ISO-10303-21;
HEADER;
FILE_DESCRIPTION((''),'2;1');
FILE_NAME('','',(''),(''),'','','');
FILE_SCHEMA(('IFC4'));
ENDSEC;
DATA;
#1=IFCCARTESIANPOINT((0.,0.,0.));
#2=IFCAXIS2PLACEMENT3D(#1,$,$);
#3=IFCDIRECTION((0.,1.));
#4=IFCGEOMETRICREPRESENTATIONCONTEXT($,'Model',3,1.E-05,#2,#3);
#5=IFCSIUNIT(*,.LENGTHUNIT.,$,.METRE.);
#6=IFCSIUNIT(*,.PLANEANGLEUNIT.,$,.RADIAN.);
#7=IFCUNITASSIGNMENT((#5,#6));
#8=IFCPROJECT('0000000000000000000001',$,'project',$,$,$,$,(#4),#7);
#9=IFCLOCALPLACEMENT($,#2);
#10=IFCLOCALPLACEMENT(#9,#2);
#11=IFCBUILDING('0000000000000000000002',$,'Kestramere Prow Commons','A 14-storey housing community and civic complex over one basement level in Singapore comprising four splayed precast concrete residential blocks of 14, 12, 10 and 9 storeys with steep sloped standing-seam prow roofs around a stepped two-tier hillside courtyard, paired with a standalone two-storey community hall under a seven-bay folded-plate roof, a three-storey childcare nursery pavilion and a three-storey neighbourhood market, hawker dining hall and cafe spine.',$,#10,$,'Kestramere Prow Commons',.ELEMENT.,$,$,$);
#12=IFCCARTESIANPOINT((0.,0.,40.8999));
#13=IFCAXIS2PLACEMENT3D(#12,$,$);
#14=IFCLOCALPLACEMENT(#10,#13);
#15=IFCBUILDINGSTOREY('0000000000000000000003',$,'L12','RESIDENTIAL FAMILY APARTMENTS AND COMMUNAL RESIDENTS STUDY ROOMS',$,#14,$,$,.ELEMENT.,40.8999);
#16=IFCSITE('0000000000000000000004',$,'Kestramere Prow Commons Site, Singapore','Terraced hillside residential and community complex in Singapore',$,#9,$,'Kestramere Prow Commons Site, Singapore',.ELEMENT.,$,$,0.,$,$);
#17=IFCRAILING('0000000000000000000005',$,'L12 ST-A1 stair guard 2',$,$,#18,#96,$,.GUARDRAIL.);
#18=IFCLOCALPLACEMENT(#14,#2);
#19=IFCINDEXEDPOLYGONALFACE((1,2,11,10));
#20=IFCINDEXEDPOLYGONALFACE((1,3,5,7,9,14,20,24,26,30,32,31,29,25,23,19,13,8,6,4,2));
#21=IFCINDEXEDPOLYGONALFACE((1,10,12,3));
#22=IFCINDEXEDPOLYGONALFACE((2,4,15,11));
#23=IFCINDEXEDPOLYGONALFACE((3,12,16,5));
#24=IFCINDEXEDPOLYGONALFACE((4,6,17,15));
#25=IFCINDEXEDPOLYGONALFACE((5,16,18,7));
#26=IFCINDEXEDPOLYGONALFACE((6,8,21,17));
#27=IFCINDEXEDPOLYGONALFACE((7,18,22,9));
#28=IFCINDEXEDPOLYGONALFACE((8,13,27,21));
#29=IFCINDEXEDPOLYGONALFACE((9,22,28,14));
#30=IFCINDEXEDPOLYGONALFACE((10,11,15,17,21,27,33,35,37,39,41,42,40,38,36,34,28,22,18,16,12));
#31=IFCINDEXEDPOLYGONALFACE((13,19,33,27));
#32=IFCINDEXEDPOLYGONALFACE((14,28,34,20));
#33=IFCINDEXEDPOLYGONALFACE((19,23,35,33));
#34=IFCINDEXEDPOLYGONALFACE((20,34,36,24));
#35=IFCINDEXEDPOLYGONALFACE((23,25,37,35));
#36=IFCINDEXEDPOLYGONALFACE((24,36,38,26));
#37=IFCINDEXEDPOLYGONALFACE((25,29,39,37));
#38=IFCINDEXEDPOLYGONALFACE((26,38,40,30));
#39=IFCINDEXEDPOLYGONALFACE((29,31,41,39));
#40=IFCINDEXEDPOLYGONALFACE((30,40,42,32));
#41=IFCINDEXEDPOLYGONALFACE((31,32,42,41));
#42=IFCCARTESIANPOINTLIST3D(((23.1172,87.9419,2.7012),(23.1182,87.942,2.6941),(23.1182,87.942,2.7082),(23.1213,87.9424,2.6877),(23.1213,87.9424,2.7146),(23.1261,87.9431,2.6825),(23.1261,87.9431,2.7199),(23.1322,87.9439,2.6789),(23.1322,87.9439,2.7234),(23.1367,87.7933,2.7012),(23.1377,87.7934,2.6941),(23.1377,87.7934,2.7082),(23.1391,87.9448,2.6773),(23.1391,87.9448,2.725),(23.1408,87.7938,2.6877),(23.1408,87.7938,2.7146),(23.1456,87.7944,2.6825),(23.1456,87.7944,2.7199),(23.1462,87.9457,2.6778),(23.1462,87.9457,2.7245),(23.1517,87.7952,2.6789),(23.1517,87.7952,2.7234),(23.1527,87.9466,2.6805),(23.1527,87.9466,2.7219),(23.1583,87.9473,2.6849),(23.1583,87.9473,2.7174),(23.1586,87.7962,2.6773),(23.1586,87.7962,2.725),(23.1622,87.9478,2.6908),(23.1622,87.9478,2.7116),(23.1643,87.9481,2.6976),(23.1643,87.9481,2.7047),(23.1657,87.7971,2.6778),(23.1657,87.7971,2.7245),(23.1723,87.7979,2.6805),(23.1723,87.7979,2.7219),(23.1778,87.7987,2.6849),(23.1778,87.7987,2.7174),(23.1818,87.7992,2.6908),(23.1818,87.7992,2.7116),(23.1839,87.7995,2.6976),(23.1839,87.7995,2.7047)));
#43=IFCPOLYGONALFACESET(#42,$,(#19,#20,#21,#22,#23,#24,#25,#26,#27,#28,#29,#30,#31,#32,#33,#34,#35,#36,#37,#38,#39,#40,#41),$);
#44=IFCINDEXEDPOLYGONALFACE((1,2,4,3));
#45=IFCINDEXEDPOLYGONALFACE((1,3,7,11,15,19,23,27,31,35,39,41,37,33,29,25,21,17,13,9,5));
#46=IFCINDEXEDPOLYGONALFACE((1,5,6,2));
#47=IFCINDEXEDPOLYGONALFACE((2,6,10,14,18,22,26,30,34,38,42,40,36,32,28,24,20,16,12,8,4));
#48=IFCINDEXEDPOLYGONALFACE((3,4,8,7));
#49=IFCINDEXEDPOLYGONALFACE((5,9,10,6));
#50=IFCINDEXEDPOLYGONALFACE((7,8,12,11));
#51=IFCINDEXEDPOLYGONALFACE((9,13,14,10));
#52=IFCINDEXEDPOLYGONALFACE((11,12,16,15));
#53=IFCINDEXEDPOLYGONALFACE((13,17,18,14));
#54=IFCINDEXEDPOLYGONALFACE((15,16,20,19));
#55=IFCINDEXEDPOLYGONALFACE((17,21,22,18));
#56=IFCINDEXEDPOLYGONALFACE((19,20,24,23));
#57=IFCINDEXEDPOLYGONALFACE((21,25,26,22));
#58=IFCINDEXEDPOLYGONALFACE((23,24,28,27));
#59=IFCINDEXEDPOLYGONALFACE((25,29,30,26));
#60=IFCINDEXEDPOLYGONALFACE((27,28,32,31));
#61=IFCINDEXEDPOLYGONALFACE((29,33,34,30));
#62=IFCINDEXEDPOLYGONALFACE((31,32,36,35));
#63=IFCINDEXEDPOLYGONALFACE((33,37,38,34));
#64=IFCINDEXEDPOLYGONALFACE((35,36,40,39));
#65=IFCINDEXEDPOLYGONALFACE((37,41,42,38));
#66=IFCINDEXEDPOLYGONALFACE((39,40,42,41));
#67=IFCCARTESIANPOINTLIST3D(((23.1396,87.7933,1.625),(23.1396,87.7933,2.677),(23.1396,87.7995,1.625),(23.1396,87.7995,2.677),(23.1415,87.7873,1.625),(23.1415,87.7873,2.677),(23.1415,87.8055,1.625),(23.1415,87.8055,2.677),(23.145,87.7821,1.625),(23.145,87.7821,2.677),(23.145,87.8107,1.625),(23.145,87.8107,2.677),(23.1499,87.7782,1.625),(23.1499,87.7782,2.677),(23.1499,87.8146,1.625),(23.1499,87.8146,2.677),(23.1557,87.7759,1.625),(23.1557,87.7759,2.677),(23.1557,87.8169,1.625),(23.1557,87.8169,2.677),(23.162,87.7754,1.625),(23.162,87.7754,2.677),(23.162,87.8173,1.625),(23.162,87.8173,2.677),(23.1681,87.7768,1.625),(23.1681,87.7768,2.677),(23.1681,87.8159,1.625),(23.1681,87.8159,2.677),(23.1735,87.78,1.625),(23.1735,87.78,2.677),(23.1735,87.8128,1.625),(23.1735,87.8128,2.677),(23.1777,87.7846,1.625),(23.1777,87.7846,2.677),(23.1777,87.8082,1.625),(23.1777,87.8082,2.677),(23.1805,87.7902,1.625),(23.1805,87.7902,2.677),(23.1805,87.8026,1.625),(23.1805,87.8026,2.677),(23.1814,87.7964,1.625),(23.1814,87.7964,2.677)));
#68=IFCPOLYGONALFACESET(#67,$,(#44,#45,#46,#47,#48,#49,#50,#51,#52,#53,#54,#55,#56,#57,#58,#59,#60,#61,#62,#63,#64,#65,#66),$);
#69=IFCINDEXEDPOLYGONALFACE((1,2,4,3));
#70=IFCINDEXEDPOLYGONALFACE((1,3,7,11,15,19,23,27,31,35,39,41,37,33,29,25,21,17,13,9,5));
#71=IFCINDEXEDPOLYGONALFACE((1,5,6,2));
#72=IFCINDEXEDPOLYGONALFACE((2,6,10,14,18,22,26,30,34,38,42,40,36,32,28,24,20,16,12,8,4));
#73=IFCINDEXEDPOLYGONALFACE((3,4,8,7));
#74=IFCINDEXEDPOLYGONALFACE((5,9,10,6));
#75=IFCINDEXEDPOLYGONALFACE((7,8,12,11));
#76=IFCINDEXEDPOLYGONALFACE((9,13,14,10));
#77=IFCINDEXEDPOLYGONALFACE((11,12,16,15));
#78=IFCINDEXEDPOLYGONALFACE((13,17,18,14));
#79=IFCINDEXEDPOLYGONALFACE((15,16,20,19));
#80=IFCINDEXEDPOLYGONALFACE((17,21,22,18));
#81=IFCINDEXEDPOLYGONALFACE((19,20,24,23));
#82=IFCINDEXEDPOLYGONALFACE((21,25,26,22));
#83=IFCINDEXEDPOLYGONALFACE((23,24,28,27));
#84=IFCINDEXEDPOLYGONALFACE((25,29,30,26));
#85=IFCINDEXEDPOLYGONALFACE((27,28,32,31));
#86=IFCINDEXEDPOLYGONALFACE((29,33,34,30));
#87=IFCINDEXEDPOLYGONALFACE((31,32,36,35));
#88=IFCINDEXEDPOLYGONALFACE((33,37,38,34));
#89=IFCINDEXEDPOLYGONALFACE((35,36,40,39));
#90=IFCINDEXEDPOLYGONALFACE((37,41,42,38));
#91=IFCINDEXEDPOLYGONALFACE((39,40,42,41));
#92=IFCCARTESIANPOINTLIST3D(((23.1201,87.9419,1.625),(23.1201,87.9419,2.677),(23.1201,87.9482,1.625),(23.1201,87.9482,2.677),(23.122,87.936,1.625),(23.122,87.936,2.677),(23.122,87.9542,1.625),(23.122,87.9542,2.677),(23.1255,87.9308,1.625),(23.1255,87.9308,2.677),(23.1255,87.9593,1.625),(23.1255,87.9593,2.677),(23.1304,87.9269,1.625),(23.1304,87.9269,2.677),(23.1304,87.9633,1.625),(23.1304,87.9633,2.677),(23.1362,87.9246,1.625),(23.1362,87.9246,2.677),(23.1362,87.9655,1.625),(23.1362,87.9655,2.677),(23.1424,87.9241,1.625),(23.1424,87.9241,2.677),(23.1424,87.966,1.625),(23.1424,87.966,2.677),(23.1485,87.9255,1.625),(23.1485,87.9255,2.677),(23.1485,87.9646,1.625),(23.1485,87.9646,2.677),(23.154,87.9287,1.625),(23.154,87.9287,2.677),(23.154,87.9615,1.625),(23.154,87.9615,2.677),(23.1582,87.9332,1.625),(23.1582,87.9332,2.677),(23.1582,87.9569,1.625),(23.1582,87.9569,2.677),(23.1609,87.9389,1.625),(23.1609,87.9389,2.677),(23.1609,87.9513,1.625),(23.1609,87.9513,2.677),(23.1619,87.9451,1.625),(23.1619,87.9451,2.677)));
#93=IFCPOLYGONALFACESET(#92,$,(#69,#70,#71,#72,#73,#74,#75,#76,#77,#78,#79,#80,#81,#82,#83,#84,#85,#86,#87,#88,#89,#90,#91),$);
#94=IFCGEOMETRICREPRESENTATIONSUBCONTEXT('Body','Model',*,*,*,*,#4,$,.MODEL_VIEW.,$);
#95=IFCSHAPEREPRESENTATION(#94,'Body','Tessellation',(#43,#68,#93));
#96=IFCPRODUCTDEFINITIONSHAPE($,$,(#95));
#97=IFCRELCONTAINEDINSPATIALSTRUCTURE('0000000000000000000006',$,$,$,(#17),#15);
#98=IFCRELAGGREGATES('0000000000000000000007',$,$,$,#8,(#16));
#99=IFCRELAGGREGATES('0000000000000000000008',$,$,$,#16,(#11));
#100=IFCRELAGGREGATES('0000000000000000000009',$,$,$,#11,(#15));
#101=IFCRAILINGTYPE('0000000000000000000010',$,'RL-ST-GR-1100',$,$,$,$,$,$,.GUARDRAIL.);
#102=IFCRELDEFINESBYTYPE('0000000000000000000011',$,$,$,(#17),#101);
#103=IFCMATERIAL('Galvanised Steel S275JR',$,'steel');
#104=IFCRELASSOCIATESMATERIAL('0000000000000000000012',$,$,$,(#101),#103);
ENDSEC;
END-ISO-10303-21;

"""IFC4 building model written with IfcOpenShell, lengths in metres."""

from ifc_helpers import new_model, si_unit, direction, frame, origin, origin_2d, place, context, subcontext, project, spatial, circle, extrude, material, type_object, element, save


model = new_model("IFC4")

# Units and contexts
model_context = context("Model", 3, precision=1e-05, world=origin(), true_north=direction((0.0, 1.0)))
body_context = subcontext(model_context, "Body", "Model", "MODEL_VIEW")
ifc_project = project(units=[si_unit("LENGTHUNIT", "METRE"), si_unit("PLANEANGLEUNIT", "RADIAN")], contexts=[model_context])

# Site, building, storey
site_placement = place(None, origin())
site = spatial("IfcSite", under=ifc_project, at=site_placement, Name="Kestramere Prow Commons Site, Singapore", Description="Terraced hillside residential and community complex in Singapore", LongName="Kestramere Prow Commons Site, Singapore", CompositionType="ELEMENT", RefElevation=0.0)
building_placement = place(site_placement, origin())
building = spatial("IfcBuilding", under=site, at=building_placement, Name="Kestramere Prow Commons", Description="A 14-storey housing community and civic complex over one basement level in Singapore comprising four splayed precast concrete residential blocks of 14, 12, 10 and 9 storeys with steep sloped standing-seam prow roofs around a stepped two-tier hillside courtyard, paired with a standalone two-storey community hall under a seven-bay folded-plate roof, a three-storey childcare nursery pavilion and a three-storey neighbourhood market, hawker dining hall and cafe spine.", LongName="Kestramere Prow Commons", CompositionType="ELEMENT")
storey_placement = place(building_placement, frame((0.0, 0.0, 40.8999)))
storey = spatial("IfcBuildingStorey", under=building, at=storey_placement, Name="L12", Description="RESIDENTIAL FAMILY APARTMENTS AND COMMUNAL RESIDENTS STUDY ROOMS", CompositionType="ELEMENT", Elevation=40.8999)

# Railing
ifc_material_1 = material(Name="Galvanised Steel S275JR", Category="steel")
railing_type_1 = type_object("IfcRailingType", Name="RL-ST-GR-1100", PredefinedType="GUARDRAIL", material=ifc_material_1)
railing_1_placement = place(storey_placement, frame((23.1604, 87.7964, 1.625)))
element("IfcRailing", 1, at=railing_1_placement, inside=storey, type_object=railing_type_1, Name="L12 ST-A1 stair guard 2", PredefinedType="GUARDRAIL", context=body_context, shape_type="SweptSolid", body=[
    extrude(circle(Radius=0.0239, at=origin_2d()), frame((0.0, 0.0, 1.0762), z_axis=(-0.130244, 0.991482, 0.0), x_axis=(-0.991482, -0.130244, 0.0)), (0.0, 0.0, 1.0), 0.1499),
    extrude(circle(Radius=0.021, at=origin_2d()), origin(), (0.0, 0.0, 1.0), 1.052),
    extrude(circle(Radius=0.021, at=origin_2d()), frame((-0.0195, 0.1487, 0.0)), (0.0, 0.0, 1.0), 1.052),
])

save(model, "model.ifc")
